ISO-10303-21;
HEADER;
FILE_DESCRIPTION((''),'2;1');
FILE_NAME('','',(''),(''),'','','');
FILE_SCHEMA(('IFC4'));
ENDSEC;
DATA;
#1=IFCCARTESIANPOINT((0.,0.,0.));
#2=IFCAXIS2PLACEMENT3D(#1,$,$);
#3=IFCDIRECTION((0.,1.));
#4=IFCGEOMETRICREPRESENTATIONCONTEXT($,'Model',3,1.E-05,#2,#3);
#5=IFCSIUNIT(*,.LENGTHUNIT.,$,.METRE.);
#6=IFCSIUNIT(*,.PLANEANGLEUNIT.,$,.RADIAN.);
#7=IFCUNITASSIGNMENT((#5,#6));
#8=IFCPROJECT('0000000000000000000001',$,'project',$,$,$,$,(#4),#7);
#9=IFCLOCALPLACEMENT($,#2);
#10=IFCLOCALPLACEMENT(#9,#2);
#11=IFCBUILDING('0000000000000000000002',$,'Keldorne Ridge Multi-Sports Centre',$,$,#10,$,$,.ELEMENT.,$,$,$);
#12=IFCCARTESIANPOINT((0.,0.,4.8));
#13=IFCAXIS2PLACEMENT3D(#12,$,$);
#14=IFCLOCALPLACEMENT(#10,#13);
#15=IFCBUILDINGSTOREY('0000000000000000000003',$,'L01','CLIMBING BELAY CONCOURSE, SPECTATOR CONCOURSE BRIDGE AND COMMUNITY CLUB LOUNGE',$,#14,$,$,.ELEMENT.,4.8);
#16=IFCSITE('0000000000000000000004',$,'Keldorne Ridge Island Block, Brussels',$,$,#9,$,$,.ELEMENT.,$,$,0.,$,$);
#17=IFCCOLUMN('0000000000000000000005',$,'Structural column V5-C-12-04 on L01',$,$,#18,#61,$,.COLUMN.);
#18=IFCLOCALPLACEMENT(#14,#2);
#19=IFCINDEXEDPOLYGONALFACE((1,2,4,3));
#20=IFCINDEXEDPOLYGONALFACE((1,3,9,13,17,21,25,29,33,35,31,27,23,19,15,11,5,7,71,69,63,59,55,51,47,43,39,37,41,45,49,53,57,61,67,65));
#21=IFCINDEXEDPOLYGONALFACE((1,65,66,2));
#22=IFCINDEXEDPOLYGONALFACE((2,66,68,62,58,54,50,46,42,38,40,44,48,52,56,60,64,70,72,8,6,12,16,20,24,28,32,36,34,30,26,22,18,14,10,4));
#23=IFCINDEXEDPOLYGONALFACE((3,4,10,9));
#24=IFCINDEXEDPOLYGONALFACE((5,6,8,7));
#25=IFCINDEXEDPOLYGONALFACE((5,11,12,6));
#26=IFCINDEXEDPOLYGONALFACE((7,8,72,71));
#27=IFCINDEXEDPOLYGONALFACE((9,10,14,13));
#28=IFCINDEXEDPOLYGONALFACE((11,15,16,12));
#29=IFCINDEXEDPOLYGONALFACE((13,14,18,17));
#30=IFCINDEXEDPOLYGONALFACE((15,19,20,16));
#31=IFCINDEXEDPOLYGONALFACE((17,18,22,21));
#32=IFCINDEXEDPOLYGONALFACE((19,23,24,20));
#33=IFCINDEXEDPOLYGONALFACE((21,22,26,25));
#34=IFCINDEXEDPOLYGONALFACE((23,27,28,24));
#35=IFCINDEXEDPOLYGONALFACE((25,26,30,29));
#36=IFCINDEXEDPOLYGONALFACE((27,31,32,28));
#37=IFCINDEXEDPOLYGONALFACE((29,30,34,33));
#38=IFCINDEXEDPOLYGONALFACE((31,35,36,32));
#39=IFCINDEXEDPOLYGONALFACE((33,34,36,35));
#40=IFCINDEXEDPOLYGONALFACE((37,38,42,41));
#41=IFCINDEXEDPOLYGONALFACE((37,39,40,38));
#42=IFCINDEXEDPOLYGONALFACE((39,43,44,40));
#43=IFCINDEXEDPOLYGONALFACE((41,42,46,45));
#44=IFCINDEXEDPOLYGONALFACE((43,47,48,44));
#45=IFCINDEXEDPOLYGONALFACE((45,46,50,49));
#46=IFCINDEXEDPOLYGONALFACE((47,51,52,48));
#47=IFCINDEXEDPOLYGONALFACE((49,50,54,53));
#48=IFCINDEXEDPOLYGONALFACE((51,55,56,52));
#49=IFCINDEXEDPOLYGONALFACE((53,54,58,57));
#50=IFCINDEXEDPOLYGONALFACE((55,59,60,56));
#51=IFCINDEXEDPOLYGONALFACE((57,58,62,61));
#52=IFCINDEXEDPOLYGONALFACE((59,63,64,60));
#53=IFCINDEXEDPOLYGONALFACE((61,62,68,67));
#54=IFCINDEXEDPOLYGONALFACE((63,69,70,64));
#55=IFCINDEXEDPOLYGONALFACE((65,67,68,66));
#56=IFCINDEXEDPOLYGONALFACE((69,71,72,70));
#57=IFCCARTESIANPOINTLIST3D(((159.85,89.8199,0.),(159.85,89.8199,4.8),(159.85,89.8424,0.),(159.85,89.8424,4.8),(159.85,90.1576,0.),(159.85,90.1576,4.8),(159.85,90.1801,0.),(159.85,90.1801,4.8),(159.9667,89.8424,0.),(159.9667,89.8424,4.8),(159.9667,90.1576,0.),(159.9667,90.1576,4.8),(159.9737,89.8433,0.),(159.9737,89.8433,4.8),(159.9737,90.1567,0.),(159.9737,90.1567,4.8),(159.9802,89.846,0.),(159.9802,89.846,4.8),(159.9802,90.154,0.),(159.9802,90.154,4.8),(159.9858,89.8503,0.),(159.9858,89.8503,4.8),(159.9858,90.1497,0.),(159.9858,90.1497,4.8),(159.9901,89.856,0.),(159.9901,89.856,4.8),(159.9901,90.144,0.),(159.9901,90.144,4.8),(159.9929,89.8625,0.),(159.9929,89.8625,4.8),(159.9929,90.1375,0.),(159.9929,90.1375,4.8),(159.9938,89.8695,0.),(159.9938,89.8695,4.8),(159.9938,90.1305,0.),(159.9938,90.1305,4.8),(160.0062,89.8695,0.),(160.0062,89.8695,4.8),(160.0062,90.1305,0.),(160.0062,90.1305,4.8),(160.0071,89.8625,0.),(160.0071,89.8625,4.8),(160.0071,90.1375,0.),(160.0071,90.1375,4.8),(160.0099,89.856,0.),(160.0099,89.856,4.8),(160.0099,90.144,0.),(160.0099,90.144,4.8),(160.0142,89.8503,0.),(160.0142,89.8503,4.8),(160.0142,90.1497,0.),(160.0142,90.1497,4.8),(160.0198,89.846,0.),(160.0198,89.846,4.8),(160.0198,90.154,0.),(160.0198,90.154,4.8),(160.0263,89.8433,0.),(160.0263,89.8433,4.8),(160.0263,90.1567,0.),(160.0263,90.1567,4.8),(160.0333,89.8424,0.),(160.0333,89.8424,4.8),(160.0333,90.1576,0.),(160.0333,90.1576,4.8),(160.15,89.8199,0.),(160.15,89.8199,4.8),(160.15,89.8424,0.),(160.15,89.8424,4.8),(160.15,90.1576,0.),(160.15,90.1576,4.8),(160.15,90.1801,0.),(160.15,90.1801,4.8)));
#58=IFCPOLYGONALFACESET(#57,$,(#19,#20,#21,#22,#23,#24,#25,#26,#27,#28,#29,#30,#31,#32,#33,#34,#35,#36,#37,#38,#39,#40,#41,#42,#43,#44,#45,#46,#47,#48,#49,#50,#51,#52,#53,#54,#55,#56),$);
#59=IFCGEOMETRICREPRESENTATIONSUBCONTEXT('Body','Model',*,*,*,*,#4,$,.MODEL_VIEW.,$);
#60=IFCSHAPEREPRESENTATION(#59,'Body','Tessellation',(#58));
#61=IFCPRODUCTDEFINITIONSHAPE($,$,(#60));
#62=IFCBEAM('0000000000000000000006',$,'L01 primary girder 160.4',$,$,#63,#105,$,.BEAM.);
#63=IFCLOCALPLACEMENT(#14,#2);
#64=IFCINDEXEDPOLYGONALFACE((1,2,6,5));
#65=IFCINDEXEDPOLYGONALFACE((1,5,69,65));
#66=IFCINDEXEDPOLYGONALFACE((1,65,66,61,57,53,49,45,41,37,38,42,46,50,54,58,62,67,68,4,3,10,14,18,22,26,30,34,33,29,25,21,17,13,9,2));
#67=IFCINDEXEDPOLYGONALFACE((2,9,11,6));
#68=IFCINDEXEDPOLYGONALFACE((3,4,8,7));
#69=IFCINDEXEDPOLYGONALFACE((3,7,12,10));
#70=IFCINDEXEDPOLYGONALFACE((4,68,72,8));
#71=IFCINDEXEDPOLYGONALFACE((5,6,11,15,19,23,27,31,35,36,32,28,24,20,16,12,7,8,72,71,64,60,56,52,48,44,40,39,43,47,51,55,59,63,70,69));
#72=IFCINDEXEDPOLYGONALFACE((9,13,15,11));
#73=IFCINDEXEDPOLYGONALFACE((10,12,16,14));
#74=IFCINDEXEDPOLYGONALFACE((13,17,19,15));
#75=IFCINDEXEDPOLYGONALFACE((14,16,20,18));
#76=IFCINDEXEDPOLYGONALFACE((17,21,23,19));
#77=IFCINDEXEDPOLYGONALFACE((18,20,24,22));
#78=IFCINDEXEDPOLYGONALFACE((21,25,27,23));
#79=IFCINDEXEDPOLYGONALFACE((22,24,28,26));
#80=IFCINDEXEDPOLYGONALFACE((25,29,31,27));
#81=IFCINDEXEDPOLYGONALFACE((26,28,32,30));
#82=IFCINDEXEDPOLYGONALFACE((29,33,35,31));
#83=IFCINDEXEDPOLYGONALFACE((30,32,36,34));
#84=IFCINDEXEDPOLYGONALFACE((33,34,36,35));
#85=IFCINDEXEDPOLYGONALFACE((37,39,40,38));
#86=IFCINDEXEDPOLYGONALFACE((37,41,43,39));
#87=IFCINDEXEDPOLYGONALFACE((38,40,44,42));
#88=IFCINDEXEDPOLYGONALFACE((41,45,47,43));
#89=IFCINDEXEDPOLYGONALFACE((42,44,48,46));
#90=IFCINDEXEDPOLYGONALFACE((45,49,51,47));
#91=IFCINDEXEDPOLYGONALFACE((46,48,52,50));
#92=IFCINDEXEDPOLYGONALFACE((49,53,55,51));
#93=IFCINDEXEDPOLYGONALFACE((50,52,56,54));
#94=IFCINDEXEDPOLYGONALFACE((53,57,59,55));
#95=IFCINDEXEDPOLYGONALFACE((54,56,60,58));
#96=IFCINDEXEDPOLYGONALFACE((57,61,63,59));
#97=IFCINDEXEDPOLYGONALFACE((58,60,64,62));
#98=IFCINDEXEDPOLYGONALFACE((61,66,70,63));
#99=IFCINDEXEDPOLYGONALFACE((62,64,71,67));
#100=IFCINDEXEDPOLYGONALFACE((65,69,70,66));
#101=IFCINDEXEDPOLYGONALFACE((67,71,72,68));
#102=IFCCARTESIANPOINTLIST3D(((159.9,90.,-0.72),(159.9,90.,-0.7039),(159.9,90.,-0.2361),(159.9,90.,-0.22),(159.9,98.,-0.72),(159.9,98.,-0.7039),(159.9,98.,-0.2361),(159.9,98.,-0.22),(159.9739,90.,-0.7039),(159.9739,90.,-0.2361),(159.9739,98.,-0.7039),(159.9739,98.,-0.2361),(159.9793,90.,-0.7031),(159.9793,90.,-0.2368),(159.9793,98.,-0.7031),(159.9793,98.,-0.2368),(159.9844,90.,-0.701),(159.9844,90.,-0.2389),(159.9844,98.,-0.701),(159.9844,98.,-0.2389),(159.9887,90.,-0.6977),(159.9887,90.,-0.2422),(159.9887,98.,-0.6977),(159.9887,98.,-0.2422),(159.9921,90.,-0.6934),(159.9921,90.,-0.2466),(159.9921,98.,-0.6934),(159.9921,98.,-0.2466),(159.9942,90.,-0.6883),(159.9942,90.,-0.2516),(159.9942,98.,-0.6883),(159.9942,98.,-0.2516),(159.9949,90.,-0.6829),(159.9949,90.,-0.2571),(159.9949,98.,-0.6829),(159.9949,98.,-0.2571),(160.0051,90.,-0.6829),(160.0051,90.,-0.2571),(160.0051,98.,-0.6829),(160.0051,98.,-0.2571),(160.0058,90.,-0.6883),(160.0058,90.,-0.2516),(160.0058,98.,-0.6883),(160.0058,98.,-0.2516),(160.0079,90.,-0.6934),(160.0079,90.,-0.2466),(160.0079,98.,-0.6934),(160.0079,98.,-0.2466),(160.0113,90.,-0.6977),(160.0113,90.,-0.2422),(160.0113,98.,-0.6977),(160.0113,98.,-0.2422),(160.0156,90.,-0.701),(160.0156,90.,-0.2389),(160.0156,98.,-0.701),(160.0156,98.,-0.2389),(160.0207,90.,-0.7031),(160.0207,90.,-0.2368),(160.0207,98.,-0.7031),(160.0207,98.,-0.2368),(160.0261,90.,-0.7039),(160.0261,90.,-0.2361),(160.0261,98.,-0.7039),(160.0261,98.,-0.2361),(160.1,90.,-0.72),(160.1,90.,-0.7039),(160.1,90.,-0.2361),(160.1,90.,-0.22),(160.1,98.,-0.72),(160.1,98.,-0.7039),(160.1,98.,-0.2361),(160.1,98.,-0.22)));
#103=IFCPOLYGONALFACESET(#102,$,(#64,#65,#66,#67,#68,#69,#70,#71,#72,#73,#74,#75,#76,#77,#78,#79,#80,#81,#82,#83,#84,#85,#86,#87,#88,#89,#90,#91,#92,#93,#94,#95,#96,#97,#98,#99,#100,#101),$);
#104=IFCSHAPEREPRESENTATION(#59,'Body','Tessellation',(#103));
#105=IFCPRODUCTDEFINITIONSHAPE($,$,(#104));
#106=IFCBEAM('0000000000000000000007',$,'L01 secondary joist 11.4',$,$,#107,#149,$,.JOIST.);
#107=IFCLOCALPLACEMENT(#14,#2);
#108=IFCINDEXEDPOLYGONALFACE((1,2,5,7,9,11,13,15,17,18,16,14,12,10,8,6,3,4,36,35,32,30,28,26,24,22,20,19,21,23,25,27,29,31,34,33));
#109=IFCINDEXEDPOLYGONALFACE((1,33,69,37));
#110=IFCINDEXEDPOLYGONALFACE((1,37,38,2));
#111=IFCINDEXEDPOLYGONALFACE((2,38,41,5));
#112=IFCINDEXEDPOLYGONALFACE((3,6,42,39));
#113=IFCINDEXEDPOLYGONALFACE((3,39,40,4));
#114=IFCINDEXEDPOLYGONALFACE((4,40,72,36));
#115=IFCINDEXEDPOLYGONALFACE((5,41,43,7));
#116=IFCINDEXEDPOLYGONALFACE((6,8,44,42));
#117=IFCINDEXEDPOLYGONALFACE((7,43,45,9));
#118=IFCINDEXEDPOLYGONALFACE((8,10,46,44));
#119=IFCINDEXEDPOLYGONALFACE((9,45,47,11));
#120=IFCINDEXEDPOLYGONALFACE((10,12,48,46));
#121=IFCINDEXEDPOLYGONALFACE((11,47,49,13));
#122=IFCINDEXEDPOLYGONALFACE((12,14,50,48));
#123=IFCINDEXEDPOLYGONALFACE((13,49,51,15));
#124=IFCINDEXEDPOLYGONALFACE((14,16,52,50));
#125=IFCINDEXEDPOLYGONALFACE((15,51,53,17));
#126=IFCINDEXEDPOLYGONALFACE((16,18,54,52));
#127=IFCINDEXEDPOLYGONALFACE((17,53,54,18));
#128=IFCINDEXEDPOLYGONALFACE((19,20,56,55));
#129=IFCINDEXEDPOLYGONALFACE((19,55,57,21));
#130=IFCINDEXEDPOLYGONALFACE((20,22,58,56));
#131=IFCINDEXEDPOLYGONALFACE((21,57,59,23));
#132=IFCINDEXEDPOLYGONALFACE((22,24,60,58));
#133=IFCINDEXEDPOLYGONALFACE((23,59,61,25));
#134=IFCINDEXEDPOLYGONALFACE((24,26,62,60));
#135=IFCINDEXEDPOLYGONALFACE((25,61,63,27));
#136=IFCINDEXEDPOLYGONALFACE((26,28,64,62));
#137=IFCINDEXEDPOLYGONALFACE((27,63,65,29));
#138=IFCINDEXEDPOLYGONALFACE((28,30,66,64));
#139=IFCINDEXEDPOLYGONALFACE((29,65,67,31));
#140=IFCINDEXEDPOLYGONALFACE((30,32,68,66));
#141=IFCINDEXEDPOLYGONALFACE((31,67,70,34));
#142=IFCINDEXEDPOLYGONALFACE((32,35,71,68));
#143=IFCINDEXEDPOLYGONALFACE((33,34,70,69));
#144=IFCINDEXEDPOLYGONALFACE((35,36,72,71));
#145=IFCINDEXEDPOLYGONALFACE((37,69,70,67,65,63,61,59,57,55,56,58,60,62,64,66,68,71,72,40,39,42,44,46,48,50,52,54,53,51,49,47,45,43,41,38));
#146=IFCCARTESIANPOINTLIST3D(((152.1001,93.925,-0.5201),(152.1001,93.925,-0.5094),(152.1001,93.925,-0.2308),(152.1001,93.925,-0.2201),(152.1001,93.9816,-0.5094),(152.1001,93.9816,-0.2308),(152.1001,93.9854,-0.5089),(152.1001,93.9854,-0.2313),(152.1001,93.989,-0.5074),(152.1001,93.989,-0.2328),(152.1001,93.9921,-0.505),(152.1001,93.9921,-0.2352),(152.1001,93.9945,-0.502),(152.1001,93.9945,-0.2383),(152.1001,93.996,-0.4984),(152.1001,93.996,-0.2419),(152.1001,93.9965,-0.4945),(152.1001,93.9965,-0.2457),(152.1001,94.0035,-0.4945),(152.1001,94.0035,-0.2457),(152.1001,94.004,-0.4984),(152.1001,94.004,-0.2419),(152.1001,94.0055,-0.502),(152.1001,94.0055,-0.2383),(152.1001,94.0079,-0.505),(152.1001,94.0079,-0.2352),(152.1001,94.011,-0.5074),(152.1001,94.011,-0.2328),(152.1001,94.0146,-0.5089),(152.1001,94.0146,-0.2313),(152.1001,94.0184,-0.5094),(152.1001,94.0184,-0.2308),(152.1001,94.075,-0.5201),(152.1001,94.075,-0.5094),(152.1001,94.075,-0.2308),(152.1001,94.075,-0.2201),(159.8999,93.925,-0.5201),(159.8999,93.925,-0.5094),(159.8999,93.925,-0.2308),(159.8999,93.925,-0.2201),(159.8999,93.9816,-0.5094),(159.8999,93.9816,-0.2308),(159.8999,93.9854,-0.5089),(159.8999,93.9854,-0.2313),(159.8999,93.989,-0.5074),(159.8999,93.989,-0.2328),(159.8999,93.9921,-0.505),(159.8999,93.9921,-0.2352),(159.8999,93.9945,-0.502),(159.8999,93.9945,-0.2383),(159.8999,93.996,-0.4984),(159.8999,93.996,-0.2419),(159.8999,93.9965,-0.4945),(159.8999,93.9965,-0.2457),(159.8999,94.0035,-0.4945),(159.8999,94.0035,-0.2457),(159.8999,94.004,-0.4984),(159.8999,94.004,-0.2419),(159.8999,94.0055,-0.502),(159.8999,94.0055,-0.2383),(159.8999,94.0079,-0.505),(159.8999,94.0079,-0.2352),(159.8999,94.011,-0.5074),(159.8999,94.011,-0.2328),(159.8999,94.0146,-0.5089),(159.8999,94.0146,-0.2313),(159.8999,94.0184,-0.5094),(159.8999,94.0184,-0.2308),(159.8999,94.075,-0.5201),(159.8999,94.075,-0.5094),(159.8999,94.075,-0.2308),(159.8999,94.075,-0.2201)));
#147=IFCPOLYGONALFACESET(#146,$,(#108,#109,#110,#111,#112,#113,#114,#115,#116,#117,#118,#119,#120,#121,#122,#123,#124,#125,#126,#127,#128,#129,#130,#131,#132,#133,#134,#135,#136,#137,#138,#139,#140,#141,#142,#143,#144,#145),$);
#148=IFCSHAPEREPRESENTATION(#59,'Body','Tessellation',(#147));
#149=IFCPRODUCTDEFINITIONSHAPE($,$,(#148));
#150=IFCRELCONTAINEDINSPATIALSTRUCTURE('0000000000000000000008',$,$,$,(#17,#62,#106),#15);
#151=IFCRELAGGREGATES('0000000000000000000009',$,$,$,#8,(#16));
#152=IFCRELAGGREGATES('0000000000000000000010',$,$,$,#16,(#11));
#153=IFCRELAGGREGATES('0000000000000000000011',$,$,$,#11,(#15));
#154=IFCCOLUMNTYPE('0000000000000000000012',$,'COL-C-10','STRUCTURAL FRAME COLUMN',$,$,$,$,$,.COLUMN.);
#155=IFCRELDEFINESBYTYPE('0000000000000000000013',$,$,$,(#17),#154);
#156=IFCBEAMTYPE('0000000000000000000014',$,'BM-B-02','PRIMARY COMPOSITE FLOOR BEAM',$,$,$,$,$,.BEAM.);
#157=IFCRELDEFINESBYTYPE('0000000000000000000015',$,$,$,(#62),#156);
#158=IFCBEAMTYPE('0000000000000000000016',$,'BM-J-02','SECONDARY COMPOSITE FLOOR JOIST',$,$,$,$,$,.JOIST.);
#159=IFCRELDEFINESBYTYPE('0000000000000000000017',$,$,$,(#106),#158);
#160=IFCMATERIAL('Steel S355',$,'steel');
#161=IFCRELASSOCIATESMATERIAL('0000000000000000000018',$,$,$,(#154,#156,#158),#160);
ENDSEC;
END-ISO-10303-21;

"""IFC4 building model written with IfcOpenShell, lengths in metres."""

from ifc_helpers import new_model, si_unit, direction, frame, origin, origin_2d, place, context, subcontext, project, spatial, i_section, extrude, material, material_profile, profile_set, type_object, element, save


model = new_model("IFC4")

# Units and contexts
model_context = context("Model", 3, precision=1e-05, world=origin(), true_north=direction((0.0, 1.0)))
body_context = subcontext(model_context, "Body", "Model", "MODEL_VIEW")
ifc_project = project(units=[si_unit("LENGTHUNIT", "METRE"), si_unit("PLANEANGLEUNIT", "RADIAN")], contexts=[model_context])

# Site, building, storey
site_placement = place(None, origin())
site = spatial("IfcSite", under=ifc_project, at=site_placement, Name="Keldorne Ridge Island Block, Brussels", CompositionType="ELEMENT", RefElevation=0.0)
building_placement = place(site_placement, origin())
building = spatial("IfcBuilding", under=site, at=building_placement, Name="Keldorne Ridge Multi-Sports Centre", CompositionType="ELEMENT")
storey_placement = place(building_placement, frame((0.0, 0.0, 4.8)))
storey = spatial("IfcBuildingStorey", under=building, at=storey_placement, Name="L01", Description="CLIMBING BELAY CONCOURSE, SPECTATOR CONCOURSE BRIDGE AND COMMUNITY CLUB LOUNGE", CompositionType="ELEMENT", Elevation=4.8)

# Column
ifc_material_1 = material(Name="Steel S355", Category="steel")
ifc_material_profile_1 = material_profile(ifc_material_1, i_section(OverallWidth=0.3, OverallDepth=0.3601, WebThickness=0.0125, FlangeThickness=0.0225, FilletRadius=0.0271, at=origin_2d()), Name="HEB 360")
ifc_profile_set_1 = profile_set([ifc_material_profile_1], Name="Steel S355")
column_type = type_object("IfcColumnType", Name="COL-C-10", Description="STRUCTURAL FRAME COLUMN", PredefinedType="COLUMN", material=ifc_profile_set_1)
column_placement = place(storey_placement, frame((160.0, 90.0, 0.0), z_axis=(0.0, 0.0, 1.0), x_axis=(1.0, 0.0, 0.0)))
element("IfcColumn", 1, at=column_placement, inside=storey, type_object=column_type, Name="Structural column V5-C-12-04 on L01", PredefinedType="COLUMN", context=body_context, shape_type="SweptSolid", body=[
    extrude(i_section(OverallWidth=0.3, OverallDepth=0.3601, WebThickness=0.0125, FlangeThickness=0.0225, FilletRadius=0.0271, at=origin_2d()), origin(), (0.0, 0.0, 1.0), 4.8),
])

# Beams
ifc_material_profile_2 = material_profile(ifc_material_1, i_section(OverallWidth=0.2, OverallDepth=0.5, WebThickness=0.0103, FlangeThickness=0.0161, FilletRadius=0.021, at=origin_2d()), Name="IPE 500")
ifc_profile_set_2 = profile_set([ifc_material_profile_2], Name="Steel S355")
beam_type_1 = type_object("IfcBeamType", Name="BM-B-02", Description="PRIMARY COMPOSITE FLOOR BEAM", PredefinedType="BEAM", material=ifc_profile_set_2)
beam_1_placement = place(storey_placement, frame((160.0, 90.0, -0.47), z_axis=(0.0, 1.0, 0.0), x_axis=(-1.0, 0.0, 0.0)))
element("IfcBeam", 2, at=beam_1_placement, inside=storey, type_object=beam_type_1, Name="L01 primary girder 160.4", PredefinedType="BEAM", context=body_context, shape_type="SweptSolid", body=[
    extrude(i_section(OverallWidth=0.2, OverallDepth=0.5, WebThickness=0.0103, FlangeThickness=0.0161, FilletRadius=0.021, at=origin_2d()), origin(), (0.0, 0.0, 1.0), 8.0),
])
ifc_material_profile_3 = material_profile(ifc_material_1, i_section(OverallWidth=0.1499, OverallDepth=0.3, WebThickness=0.0071, FlangeThickness=0.0107, FilletRadius=0.0149, at=origin_2d()), Name="IPE 300")
ifc_profile_set_3 = profile_set([ifc_material_profile_3], Name="Steel S355")
beam_type_2 = type_object("IfcBeamType", Name="BM-J-02", Description="SECONDARY COMPOSITE FLOOR JOIST", PredefinedType="JOIST", material=ifc_profile_set_3)
beam_2_placement = place(storey_placement, frame((152.1001, 94.0, -0.3701), z_axis=(1.0, 0.0, 0.0), x_axis=(0.0, 1.0, 0.0)))
element("IfcBeam", 3, at=beam_2_placement, inside=storey, type_object=beam_type_2, Name="L01 secondary joist 11.4", PredefinedType="JOIST", context=body_context, shape_type="SweptSolid", body=[
    extrude(i_section(OverallWidth=0.1499, OverallDepth=0.3, WebThickness=0.0071, FlangeThickness=0.0107, FilletRadius=0.0149, at=origin_2d()), origin(), (0.0, 0.0, 1.0), 7.7998),
])

save(model, "model.ifc")
